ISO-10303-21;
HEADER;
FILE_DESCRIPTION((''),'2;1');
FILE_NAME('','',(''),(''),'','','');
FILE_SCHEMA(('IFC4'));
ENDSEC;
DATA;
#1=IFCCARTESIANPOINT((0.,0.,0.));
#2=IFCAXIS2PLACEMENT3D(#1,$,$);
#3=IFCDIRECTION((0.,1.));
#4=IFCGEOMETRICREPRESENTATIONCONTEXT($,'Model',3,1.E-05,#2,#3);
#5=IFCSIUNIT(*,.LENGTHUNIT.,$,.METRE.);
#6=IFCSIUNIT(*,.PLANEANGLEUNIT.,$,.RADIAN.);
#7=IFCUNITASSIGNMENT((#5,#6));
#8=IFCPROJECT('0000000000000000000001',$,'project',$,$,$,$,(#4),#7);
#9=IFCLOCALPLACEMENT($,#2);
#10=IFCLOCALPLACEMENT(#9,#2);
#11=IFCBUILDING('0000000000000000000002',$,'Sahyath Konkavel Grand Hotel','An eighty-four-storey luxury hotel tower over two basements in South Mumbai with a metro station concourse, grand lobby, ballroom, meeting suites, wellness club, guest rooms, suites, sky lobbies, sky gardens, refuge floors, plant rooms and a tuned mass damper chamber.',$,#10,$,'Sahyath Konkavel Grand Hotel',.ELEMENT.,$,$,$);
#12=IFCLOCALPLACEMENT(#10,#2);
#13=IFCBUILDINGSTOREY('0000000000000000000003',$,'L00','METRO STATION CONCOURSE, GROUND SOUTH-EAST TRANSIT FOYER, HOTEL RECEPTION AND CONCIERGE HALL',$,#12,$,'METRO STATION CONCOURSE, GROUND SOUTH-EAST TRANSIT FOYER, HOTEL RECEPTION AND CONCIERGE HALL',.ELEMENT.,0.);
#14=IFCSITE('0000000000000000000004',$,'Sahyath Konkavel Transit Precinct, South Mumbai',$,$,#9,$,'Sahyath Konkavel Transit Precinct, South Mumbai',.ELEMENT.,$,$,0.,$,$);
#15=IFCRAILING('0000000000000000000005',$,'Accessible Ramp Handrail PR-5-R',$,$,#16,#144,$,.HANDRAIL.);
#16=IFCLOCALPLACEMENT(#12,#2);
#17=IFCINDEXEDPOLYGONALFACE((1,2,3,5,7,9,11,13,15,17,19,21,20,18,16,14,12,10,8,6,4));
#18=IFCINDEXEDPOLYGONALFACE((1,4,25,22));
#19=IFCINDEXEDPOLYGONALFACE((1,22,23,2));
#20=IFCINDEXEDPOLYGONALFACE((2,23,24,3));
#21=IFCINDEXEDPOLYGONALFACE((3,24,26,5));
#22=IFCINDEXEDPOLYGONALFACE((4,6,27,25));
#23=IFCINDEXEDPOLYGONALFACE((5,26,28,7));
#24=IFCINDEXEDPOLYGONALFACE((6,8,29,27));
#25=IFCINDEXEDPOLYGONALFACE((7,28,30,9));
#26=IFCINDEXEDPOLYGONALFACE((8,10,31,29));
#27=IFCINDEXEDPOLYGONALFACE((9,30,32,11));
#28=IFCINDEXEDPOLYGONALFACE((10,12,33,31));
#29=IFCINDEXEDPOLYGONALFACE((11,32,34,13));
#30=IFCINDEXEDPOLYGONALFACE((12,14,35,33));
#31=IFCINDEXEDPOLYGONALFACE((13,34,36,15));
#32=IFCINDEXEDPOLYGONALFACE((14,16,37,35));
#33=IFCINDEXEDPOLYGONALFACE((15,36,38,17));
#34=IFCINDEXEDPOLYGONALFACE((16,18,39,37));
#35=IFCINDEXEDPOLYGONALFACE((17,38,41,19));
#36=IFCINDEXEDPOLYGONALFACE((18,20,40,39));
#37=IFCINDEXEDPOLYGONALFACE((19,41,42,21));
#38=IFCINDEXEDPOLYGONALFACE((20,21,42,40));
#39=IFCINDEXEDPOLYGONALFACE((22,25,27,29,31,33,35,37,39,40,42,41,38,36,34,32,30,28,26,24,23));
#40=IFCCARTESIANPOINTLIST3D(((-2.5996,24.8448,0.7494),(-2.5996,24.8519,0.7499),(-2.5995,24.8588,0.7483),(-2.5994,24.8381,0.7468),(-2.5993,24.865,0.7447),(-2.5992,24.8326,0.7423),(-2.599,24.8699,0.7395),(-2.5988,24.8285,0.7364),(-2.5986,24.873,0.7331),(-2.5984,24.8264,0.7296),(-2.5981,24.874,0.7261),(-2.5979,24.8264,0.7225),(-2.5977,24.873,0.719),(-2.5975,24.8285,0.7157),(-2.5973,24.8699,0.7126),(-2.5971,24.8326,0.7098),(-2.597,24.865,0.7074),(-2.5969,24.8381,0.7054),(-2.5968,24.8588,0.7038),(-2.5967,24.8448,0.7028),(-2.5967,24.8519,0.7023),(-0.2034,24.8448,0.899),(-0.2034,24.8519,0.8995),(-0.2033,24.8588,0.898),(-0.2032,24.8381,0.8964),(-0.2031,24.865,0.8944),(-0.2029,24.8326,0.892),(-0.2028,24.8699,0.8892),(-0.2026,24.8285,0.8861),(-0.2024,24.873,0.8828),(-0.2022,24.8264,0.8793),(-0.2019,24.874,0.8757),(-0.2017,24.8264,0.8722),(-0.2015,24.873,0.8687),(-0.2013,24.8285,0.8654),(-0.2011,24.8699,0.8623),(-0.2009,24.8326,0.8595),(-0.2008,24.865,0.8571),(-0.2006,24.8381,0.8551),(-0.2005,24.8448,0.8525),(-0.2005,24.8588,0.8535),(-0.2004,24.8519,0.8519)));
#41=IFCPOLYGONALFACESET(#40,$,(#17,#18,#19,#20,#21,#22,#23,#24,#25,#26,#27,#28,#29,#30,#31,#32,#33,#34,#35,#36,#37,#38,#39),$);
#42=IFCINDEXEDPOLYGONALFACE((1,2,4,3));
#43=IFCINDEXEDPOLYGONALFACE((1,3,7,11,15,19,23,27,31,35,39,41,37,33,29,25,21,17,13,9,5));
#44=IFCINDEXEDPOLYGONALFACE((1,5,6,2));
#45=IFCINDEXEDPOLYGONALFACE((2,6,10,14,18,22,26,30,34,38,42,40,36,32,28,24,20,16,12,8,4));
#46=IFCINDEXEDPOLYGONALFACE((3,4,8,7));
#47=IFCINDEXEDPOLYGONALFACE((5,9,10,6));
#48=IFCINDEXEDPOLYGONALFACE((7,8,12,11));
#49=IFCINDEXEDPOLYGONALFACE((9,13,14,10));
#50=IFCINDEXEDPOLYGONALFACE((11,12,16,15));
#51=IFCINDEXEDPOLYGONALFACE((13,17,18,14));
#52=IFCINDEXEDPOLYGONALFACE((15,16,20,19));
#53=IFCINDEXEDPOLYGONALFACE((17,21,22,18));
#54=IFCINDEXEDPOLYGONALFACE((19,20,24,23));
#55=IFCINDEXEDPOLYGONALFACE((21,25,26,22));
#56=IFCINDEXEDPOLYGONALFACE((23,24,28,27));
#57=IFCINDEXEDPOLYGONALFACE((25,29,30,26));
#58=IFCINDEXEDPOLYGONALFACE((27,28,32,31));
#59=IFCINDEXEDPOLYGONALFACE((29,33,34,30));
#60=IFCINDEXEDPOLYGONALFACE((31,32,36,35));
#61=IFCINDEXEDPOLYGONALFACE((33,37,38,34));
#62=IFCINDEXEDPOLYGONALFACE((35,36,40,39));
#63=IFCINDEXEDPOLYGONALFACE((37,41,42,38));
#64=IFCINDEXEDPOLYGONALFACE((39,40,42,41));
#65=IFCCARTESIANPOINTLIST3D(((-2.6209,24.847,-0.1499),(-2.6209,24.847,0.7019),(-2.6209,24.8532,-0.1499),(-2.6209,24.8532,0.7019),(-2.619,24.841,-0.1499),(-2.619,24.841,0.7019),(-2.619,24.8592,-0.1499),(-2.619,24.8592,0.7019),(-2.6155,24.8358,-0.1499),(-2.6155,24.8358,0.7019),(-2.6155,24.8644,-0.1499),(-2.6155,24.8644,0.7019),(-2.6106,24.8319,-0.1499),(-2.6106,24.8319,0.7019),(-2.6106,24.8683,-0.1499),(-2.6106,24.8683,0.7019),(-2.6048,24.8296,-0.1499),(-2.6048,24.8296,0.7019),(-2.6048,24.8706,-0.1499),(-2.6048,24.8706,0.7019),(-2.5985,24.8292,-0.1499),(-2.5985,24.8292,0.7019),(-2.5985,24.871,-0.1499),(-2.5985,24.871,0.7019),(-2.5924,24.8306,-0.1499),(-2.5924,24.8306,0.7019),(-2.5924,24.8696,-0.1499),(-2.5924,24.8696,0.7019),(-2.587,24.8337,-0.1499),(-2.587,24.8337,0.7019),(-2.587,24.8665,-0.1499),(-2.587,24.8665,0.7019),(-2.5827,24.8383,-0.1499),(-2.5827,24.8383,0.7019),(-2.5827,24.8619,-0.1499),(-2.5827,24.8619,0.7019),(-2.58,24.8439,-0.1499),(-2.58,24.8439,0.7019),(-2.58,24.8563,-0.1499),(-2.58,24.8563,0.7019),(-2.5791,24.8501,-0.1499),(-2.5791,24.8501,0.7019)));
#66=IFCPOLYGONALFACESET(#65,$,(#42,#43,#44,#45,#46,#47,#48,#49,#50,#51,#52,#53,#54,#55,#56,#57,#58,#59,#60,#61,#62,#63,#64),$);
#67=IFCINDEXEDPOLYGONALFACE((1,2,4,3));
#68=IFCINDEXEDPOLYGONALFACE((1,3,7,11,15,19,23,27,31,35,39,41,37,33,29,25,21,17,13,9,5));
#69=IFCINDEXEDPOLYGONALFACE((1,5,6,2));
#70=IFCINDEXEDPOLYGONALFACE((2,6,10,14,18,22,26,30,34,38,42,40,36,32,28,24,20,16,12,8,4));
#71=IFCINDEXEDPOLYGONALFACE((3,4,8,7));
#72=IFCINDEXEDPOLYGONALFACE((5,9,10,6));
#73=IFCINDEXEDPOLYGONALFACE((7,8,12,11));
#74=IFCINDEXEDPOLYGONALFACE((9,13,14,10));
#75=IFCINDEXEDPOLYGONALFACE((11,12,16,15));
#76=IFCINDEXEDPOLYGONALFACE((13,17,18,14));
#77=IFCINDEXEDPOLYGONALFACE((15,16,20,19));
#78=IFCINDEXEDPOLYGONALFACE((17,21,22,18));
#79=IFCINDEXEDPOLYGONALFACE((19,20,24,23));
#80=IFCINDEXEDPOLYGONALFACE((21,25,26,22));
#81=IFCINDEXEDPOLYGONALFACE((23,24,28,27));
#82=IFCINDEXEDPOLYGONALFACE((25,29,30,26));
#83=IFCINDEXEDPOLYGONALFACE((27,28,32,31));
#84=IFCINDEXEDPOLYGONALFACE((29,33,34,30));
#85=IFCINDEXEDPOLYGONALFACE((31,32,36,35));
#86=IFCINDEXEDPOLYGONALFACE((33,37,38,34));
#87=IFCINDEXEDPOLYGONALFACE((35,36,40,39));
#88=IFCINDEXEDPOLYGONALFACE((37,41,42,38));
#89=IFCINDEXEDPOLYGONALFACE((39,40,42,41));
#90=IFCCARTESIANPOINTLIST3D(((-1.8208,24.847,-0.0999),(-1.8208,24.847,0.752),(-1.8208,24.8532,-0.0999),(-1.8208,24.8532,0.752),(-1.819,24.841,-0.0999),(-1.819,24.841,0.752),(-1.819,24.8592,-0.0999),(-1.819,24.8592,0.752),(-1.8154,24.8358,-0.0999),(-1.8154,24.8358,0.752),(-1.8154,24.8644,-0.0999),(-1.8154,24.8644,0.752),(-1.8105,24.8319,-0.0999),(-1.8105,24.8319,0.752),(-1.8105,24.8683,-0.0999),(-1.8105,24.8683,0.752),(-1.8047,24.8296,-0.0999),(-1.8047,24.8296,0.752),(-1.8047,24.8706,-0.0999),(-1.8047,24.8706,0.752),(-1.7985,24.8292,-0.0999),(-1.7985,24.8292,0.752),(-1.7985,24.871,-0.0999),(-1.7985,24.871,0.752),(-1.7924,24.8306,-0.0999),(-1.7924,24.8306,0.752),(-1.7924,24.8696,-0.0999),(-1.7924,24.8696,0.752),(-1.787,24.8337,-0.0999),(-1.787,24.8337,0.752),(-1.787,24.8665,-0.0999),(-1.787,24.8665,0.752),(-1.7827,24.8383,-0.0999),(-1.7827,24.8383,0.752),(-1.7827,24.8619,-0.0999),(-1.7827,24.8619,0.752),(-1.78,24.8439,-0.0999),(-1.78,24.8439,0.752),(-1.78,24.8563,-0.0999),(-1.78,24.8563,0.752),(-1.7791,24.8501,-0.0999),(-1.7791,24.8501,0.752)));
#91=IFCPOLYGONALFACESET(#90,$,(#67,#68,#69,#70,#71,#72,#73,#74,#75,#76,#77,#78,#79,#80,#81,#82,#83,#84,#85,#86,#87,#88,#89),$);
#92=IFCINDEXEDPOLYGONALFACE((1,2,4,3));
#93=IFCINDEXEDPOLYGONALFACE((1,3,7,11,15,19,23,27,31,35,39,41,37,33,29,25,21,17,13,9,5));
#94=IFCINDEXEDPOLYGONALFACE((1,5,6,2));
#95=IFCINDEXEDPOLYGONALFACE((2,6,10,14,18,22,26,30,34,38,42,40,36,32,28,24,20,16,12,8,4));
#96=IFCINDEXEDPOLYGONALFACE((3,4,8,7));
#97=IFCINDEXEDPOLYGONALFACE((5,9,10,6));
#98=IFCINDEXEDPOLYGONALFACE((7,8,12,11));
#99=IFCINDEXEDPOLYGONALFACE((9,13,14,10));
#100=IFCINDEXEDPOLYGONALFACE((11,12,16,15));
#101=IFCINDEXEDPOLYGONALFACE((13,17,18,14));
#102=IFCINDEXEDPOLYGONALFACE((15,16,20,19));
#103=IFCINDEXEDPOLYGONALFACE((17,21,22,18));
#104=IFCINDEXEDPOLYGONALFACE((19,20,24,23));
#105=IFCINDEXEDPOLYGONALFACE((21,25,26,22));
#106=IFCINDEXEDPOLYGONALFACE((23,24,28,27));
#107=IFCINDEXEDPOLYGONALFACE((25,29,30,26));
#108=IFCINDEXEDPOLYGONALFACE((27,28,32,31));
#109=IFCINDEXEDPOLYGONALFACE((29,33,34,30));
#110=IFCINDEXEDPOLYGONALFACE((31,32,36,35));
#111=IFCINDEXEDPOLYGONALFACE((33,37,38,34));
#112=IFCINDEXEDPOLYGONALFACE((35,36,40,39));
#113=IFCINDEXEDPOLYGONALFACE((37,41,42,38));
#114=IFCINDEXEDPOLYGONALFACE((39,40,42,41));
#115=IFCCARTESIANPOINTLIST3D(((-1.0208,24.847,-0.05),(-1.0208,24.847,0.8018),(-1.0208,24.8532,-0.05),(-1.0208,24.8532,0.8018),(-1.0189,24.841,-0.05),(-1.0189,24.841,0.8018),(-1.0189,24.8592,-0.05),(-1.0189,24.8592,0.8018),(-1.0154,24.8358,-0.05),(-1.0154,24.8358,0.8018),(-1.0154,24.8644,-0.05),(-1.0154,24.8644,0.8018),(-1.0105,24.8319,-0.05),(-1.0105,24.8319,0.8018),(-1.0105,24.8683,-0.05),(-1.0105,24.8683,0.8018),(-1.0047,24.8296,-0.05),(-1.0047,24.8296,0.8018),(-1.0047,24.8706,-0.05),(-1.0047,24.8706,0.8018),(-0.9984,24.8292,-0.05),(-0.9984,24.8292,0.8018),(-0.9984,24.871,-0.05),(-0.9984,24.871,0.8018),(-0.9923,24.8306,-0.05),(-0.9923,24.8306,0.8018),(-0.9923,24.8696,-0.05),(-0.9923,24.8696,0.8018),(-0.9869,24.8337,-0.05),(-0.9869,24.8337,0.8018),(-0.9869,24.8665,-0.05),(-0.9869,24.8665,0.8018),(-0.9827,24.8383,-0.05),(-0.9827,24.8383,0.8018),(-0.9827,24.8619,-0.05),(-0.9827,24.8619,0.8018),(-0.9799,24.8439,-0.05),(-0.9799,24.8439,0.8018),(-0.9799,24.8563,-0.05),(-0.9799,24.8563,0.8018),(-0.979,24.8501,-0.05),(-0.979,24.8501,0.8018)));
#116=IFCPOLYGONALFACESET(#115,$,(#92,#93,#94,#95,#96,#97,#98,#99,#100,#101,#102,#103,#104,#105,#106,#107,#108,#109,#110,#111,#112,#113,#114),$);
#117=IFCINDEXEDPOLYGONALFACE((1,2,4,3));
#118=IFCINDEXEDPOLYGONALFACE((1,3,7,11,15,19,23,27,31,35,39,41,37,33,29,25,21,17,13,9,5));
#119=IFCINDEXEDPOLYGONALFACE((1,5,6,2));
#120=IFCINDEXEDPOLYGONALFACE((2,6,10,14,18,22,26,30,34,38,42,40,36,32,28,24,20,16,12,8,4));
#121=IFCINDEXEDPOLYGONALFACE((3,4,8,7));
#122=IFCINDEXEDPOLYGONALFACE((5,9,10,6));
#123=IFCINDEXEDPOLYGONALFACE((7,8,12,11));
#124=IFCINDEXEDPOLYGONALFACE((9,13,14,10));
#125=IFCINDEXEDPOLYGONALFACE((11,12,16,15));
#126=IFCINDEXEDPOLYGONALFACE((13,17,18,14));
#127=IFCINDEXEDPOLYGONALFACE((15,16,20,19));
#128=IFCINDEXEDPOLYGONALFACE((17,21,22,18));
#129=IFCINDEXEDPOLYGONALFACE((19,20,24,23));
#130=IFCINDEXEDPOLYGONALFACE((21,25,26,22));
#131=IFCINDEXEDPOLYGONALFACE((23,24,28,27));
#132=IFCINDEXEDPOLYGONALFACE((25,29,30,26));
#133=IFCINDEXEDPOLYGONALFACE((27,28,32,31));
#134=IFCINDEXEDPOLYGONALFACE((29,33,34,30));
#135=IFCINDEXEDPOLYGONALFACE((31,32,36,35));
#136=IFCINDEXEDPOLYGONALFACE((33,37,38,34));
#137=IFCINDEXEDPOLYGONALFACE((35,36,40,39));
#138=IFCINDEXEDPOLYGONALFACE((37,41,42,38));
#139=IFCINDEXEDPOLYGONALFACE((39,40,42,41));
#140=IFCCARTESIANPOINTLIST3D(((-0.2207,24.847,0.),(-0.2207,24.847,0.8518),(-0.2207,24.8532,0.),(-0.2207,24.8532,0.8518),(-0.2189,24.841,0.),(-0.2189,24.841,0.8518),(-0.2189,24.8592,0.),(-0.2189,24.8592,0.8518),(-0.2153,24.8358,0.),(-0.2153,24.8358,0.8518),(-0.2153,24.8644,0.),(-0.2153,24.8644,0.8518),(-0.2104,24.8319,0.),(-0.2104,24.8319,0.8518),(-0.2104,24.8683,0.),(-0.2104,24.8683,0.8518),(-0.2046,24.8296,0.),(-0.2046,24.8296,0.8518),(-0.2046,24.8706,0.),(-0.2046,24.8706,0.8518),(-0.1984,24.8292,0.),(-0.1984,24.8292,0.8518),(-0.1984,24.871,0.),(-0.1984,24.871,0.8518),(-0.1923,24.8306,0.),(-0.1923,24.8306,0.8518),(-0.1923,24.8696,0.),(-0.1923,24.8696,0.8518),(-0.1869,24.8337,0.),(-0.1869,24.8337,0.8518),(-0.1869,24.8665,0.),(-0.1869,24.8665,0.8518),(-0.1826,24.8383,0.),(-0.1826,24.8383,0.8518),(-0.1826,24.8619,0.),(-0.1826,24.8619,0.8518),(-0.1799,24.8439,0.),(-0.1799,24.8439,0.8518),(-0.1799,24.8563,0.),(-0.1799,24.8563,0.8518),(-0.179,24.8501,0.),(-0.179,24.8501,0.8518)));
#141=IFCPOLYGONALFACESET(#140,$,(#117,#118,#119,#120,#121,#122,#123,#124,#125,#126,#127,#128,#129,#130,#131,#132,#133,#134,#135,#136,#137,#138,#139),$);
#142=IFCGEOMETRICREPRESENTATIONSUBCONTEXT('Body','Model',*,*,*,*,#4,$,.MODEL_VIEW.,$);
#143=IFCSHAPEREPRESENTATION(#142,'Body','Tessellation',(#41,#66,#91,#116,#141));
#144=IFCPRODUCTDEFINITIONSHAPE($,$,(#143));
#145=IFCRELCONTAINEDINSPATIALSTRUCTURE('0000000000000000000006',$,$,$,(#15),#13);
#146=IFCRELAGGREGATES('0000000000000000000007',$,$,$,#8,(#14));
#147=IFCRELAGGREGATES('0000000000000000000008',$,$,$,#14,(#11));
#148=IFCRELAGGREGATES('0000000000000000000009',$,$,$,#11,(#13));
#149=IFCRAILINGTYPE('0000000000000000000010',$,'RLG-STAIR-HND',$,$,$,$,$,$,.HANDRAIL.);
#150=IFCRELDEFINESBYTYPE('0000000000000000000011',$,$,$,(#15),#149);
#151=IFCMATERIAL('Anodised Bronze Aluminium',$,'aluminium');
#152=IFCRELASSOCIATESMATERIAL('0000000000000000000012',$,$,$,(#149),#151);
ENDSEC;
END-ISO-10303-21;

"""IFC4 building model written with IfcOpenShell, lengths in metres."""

from ifc_helpers import new_model, si_unit, direction, frame, origin, origin_2d, place, context, subcontext, project, spatial, circle, extrude, material, type_object, element, save


model = new_model("IFC4")

# Units and contexts
model_context = context("Model", 3, precision=1e-05, world=origin(), true_north=direction((0.0, 1.0)))
body_context = subcontext(model_context, "Body", "Model", "MODEL_VIEW")
ifc_project = project(units=[si_unit("LENGTHUNIT", "METRE"), si_unit("PLANEANGLEUNIT", "RADIAN")], contexts=[model_context])

# Site, building, storey
site_placement = place(None, origin())
site = spatial("IfcSite", under=ifc_project, at=site_placement, Name="Sahyath Konkavel Transit Precinct, South Mumbai", LongName="Sahyath Konkavel Transit Precinct, South Mumbai", CompositionType="ELEMENT", RefElevation=0.0)
building_placement = place(site_placement, origin())
building = spatial("IfcBuilding", under=site, at=building_placement, Name="Sahyath Konkavel Grand Hotel", Description="An eighty-four-storey luxury hotel tower over two basements in South Mumbai with a metro station concourse, grand lobby, ballroom, meeting suites, wellness club, guest rooms, suites, sky lobbies, sky gardens, refuge floors, plant rooms and a tuned mass damper chamber.", LongName="Sahyath Konkavel Grand Hotel", CompositionType="ELEMENT")
storey_placement = place(building_placement, origin())
storey = spatial("IfcBuildingStorey", under=building, at=storey_placement, Name="L00", Description="METRO STATION CONCOURSE, GROUND SOUTH-EAST TRANSIT FOYER, HOTEL RECEPTION AND CONCIERGE HALL", LongName="METRO STATION CONCOURSE, GROUND SOUTH-EAST TRANSIT FOYER, HOTEL RECEPTION AND CONCIERGE HALL", CompositionType="ELEMENT", Elevation=0.0)

# Railing
ifc_material_1 = material(Name="Anodised Bronze Aluminium", Category="aluminium")
railing_type_1 = type_object("IfcRailingType", Name="RLG-STAIR-HND", PredefinedType="HANDRAIL", material=ifc_material_1)
for number, where, name in (
    (1, (-2.6001, 24.8501, -0.1499), "Accessible Ramp Handrail PR-5-R"),
):
    element("IfcRailing", number, at=place(storey_placement, frame(where)), inside=storey, type_object=railing_type_1, Name=name, PredefinedType="HANDRAIL", context=body_context, shape_type="SweptSolid", body=[
        extrude(circle(Radius=0.0239, at=origin_2d()), frame((0.002, 0.0, 0.876), z_axis=(0.998055, 0.0, 0.062334), x_axis=(0.0, 1.0, 0.0)), (0.0, 0.0, 1.0), 2.4009),
        extrude(circle(Radius=0.021, at=origin_2d()), origin(), (0.0, 0.0, 1.0), 0.8518),
        extrude(circle(Radius=0.021, at=origin_2d()), frame((0.8, 0.0, 0.05)), (0.0, 0.0, 1.0), 0.8518),
        extrude(circle(Radius=0.021, at=origin_2d()), frame((1.6001, 0.0, 0.0999)), (0.0, 0.0, 1.0), 0.8518),
        extrude(circle(Radius=0.021, at=origin_2d()), frame((2.4001, 0.0, 0.1499)), (0.0, 0.0, 1.0), 0.8518),
    ])

save(model, "model.ifc")
